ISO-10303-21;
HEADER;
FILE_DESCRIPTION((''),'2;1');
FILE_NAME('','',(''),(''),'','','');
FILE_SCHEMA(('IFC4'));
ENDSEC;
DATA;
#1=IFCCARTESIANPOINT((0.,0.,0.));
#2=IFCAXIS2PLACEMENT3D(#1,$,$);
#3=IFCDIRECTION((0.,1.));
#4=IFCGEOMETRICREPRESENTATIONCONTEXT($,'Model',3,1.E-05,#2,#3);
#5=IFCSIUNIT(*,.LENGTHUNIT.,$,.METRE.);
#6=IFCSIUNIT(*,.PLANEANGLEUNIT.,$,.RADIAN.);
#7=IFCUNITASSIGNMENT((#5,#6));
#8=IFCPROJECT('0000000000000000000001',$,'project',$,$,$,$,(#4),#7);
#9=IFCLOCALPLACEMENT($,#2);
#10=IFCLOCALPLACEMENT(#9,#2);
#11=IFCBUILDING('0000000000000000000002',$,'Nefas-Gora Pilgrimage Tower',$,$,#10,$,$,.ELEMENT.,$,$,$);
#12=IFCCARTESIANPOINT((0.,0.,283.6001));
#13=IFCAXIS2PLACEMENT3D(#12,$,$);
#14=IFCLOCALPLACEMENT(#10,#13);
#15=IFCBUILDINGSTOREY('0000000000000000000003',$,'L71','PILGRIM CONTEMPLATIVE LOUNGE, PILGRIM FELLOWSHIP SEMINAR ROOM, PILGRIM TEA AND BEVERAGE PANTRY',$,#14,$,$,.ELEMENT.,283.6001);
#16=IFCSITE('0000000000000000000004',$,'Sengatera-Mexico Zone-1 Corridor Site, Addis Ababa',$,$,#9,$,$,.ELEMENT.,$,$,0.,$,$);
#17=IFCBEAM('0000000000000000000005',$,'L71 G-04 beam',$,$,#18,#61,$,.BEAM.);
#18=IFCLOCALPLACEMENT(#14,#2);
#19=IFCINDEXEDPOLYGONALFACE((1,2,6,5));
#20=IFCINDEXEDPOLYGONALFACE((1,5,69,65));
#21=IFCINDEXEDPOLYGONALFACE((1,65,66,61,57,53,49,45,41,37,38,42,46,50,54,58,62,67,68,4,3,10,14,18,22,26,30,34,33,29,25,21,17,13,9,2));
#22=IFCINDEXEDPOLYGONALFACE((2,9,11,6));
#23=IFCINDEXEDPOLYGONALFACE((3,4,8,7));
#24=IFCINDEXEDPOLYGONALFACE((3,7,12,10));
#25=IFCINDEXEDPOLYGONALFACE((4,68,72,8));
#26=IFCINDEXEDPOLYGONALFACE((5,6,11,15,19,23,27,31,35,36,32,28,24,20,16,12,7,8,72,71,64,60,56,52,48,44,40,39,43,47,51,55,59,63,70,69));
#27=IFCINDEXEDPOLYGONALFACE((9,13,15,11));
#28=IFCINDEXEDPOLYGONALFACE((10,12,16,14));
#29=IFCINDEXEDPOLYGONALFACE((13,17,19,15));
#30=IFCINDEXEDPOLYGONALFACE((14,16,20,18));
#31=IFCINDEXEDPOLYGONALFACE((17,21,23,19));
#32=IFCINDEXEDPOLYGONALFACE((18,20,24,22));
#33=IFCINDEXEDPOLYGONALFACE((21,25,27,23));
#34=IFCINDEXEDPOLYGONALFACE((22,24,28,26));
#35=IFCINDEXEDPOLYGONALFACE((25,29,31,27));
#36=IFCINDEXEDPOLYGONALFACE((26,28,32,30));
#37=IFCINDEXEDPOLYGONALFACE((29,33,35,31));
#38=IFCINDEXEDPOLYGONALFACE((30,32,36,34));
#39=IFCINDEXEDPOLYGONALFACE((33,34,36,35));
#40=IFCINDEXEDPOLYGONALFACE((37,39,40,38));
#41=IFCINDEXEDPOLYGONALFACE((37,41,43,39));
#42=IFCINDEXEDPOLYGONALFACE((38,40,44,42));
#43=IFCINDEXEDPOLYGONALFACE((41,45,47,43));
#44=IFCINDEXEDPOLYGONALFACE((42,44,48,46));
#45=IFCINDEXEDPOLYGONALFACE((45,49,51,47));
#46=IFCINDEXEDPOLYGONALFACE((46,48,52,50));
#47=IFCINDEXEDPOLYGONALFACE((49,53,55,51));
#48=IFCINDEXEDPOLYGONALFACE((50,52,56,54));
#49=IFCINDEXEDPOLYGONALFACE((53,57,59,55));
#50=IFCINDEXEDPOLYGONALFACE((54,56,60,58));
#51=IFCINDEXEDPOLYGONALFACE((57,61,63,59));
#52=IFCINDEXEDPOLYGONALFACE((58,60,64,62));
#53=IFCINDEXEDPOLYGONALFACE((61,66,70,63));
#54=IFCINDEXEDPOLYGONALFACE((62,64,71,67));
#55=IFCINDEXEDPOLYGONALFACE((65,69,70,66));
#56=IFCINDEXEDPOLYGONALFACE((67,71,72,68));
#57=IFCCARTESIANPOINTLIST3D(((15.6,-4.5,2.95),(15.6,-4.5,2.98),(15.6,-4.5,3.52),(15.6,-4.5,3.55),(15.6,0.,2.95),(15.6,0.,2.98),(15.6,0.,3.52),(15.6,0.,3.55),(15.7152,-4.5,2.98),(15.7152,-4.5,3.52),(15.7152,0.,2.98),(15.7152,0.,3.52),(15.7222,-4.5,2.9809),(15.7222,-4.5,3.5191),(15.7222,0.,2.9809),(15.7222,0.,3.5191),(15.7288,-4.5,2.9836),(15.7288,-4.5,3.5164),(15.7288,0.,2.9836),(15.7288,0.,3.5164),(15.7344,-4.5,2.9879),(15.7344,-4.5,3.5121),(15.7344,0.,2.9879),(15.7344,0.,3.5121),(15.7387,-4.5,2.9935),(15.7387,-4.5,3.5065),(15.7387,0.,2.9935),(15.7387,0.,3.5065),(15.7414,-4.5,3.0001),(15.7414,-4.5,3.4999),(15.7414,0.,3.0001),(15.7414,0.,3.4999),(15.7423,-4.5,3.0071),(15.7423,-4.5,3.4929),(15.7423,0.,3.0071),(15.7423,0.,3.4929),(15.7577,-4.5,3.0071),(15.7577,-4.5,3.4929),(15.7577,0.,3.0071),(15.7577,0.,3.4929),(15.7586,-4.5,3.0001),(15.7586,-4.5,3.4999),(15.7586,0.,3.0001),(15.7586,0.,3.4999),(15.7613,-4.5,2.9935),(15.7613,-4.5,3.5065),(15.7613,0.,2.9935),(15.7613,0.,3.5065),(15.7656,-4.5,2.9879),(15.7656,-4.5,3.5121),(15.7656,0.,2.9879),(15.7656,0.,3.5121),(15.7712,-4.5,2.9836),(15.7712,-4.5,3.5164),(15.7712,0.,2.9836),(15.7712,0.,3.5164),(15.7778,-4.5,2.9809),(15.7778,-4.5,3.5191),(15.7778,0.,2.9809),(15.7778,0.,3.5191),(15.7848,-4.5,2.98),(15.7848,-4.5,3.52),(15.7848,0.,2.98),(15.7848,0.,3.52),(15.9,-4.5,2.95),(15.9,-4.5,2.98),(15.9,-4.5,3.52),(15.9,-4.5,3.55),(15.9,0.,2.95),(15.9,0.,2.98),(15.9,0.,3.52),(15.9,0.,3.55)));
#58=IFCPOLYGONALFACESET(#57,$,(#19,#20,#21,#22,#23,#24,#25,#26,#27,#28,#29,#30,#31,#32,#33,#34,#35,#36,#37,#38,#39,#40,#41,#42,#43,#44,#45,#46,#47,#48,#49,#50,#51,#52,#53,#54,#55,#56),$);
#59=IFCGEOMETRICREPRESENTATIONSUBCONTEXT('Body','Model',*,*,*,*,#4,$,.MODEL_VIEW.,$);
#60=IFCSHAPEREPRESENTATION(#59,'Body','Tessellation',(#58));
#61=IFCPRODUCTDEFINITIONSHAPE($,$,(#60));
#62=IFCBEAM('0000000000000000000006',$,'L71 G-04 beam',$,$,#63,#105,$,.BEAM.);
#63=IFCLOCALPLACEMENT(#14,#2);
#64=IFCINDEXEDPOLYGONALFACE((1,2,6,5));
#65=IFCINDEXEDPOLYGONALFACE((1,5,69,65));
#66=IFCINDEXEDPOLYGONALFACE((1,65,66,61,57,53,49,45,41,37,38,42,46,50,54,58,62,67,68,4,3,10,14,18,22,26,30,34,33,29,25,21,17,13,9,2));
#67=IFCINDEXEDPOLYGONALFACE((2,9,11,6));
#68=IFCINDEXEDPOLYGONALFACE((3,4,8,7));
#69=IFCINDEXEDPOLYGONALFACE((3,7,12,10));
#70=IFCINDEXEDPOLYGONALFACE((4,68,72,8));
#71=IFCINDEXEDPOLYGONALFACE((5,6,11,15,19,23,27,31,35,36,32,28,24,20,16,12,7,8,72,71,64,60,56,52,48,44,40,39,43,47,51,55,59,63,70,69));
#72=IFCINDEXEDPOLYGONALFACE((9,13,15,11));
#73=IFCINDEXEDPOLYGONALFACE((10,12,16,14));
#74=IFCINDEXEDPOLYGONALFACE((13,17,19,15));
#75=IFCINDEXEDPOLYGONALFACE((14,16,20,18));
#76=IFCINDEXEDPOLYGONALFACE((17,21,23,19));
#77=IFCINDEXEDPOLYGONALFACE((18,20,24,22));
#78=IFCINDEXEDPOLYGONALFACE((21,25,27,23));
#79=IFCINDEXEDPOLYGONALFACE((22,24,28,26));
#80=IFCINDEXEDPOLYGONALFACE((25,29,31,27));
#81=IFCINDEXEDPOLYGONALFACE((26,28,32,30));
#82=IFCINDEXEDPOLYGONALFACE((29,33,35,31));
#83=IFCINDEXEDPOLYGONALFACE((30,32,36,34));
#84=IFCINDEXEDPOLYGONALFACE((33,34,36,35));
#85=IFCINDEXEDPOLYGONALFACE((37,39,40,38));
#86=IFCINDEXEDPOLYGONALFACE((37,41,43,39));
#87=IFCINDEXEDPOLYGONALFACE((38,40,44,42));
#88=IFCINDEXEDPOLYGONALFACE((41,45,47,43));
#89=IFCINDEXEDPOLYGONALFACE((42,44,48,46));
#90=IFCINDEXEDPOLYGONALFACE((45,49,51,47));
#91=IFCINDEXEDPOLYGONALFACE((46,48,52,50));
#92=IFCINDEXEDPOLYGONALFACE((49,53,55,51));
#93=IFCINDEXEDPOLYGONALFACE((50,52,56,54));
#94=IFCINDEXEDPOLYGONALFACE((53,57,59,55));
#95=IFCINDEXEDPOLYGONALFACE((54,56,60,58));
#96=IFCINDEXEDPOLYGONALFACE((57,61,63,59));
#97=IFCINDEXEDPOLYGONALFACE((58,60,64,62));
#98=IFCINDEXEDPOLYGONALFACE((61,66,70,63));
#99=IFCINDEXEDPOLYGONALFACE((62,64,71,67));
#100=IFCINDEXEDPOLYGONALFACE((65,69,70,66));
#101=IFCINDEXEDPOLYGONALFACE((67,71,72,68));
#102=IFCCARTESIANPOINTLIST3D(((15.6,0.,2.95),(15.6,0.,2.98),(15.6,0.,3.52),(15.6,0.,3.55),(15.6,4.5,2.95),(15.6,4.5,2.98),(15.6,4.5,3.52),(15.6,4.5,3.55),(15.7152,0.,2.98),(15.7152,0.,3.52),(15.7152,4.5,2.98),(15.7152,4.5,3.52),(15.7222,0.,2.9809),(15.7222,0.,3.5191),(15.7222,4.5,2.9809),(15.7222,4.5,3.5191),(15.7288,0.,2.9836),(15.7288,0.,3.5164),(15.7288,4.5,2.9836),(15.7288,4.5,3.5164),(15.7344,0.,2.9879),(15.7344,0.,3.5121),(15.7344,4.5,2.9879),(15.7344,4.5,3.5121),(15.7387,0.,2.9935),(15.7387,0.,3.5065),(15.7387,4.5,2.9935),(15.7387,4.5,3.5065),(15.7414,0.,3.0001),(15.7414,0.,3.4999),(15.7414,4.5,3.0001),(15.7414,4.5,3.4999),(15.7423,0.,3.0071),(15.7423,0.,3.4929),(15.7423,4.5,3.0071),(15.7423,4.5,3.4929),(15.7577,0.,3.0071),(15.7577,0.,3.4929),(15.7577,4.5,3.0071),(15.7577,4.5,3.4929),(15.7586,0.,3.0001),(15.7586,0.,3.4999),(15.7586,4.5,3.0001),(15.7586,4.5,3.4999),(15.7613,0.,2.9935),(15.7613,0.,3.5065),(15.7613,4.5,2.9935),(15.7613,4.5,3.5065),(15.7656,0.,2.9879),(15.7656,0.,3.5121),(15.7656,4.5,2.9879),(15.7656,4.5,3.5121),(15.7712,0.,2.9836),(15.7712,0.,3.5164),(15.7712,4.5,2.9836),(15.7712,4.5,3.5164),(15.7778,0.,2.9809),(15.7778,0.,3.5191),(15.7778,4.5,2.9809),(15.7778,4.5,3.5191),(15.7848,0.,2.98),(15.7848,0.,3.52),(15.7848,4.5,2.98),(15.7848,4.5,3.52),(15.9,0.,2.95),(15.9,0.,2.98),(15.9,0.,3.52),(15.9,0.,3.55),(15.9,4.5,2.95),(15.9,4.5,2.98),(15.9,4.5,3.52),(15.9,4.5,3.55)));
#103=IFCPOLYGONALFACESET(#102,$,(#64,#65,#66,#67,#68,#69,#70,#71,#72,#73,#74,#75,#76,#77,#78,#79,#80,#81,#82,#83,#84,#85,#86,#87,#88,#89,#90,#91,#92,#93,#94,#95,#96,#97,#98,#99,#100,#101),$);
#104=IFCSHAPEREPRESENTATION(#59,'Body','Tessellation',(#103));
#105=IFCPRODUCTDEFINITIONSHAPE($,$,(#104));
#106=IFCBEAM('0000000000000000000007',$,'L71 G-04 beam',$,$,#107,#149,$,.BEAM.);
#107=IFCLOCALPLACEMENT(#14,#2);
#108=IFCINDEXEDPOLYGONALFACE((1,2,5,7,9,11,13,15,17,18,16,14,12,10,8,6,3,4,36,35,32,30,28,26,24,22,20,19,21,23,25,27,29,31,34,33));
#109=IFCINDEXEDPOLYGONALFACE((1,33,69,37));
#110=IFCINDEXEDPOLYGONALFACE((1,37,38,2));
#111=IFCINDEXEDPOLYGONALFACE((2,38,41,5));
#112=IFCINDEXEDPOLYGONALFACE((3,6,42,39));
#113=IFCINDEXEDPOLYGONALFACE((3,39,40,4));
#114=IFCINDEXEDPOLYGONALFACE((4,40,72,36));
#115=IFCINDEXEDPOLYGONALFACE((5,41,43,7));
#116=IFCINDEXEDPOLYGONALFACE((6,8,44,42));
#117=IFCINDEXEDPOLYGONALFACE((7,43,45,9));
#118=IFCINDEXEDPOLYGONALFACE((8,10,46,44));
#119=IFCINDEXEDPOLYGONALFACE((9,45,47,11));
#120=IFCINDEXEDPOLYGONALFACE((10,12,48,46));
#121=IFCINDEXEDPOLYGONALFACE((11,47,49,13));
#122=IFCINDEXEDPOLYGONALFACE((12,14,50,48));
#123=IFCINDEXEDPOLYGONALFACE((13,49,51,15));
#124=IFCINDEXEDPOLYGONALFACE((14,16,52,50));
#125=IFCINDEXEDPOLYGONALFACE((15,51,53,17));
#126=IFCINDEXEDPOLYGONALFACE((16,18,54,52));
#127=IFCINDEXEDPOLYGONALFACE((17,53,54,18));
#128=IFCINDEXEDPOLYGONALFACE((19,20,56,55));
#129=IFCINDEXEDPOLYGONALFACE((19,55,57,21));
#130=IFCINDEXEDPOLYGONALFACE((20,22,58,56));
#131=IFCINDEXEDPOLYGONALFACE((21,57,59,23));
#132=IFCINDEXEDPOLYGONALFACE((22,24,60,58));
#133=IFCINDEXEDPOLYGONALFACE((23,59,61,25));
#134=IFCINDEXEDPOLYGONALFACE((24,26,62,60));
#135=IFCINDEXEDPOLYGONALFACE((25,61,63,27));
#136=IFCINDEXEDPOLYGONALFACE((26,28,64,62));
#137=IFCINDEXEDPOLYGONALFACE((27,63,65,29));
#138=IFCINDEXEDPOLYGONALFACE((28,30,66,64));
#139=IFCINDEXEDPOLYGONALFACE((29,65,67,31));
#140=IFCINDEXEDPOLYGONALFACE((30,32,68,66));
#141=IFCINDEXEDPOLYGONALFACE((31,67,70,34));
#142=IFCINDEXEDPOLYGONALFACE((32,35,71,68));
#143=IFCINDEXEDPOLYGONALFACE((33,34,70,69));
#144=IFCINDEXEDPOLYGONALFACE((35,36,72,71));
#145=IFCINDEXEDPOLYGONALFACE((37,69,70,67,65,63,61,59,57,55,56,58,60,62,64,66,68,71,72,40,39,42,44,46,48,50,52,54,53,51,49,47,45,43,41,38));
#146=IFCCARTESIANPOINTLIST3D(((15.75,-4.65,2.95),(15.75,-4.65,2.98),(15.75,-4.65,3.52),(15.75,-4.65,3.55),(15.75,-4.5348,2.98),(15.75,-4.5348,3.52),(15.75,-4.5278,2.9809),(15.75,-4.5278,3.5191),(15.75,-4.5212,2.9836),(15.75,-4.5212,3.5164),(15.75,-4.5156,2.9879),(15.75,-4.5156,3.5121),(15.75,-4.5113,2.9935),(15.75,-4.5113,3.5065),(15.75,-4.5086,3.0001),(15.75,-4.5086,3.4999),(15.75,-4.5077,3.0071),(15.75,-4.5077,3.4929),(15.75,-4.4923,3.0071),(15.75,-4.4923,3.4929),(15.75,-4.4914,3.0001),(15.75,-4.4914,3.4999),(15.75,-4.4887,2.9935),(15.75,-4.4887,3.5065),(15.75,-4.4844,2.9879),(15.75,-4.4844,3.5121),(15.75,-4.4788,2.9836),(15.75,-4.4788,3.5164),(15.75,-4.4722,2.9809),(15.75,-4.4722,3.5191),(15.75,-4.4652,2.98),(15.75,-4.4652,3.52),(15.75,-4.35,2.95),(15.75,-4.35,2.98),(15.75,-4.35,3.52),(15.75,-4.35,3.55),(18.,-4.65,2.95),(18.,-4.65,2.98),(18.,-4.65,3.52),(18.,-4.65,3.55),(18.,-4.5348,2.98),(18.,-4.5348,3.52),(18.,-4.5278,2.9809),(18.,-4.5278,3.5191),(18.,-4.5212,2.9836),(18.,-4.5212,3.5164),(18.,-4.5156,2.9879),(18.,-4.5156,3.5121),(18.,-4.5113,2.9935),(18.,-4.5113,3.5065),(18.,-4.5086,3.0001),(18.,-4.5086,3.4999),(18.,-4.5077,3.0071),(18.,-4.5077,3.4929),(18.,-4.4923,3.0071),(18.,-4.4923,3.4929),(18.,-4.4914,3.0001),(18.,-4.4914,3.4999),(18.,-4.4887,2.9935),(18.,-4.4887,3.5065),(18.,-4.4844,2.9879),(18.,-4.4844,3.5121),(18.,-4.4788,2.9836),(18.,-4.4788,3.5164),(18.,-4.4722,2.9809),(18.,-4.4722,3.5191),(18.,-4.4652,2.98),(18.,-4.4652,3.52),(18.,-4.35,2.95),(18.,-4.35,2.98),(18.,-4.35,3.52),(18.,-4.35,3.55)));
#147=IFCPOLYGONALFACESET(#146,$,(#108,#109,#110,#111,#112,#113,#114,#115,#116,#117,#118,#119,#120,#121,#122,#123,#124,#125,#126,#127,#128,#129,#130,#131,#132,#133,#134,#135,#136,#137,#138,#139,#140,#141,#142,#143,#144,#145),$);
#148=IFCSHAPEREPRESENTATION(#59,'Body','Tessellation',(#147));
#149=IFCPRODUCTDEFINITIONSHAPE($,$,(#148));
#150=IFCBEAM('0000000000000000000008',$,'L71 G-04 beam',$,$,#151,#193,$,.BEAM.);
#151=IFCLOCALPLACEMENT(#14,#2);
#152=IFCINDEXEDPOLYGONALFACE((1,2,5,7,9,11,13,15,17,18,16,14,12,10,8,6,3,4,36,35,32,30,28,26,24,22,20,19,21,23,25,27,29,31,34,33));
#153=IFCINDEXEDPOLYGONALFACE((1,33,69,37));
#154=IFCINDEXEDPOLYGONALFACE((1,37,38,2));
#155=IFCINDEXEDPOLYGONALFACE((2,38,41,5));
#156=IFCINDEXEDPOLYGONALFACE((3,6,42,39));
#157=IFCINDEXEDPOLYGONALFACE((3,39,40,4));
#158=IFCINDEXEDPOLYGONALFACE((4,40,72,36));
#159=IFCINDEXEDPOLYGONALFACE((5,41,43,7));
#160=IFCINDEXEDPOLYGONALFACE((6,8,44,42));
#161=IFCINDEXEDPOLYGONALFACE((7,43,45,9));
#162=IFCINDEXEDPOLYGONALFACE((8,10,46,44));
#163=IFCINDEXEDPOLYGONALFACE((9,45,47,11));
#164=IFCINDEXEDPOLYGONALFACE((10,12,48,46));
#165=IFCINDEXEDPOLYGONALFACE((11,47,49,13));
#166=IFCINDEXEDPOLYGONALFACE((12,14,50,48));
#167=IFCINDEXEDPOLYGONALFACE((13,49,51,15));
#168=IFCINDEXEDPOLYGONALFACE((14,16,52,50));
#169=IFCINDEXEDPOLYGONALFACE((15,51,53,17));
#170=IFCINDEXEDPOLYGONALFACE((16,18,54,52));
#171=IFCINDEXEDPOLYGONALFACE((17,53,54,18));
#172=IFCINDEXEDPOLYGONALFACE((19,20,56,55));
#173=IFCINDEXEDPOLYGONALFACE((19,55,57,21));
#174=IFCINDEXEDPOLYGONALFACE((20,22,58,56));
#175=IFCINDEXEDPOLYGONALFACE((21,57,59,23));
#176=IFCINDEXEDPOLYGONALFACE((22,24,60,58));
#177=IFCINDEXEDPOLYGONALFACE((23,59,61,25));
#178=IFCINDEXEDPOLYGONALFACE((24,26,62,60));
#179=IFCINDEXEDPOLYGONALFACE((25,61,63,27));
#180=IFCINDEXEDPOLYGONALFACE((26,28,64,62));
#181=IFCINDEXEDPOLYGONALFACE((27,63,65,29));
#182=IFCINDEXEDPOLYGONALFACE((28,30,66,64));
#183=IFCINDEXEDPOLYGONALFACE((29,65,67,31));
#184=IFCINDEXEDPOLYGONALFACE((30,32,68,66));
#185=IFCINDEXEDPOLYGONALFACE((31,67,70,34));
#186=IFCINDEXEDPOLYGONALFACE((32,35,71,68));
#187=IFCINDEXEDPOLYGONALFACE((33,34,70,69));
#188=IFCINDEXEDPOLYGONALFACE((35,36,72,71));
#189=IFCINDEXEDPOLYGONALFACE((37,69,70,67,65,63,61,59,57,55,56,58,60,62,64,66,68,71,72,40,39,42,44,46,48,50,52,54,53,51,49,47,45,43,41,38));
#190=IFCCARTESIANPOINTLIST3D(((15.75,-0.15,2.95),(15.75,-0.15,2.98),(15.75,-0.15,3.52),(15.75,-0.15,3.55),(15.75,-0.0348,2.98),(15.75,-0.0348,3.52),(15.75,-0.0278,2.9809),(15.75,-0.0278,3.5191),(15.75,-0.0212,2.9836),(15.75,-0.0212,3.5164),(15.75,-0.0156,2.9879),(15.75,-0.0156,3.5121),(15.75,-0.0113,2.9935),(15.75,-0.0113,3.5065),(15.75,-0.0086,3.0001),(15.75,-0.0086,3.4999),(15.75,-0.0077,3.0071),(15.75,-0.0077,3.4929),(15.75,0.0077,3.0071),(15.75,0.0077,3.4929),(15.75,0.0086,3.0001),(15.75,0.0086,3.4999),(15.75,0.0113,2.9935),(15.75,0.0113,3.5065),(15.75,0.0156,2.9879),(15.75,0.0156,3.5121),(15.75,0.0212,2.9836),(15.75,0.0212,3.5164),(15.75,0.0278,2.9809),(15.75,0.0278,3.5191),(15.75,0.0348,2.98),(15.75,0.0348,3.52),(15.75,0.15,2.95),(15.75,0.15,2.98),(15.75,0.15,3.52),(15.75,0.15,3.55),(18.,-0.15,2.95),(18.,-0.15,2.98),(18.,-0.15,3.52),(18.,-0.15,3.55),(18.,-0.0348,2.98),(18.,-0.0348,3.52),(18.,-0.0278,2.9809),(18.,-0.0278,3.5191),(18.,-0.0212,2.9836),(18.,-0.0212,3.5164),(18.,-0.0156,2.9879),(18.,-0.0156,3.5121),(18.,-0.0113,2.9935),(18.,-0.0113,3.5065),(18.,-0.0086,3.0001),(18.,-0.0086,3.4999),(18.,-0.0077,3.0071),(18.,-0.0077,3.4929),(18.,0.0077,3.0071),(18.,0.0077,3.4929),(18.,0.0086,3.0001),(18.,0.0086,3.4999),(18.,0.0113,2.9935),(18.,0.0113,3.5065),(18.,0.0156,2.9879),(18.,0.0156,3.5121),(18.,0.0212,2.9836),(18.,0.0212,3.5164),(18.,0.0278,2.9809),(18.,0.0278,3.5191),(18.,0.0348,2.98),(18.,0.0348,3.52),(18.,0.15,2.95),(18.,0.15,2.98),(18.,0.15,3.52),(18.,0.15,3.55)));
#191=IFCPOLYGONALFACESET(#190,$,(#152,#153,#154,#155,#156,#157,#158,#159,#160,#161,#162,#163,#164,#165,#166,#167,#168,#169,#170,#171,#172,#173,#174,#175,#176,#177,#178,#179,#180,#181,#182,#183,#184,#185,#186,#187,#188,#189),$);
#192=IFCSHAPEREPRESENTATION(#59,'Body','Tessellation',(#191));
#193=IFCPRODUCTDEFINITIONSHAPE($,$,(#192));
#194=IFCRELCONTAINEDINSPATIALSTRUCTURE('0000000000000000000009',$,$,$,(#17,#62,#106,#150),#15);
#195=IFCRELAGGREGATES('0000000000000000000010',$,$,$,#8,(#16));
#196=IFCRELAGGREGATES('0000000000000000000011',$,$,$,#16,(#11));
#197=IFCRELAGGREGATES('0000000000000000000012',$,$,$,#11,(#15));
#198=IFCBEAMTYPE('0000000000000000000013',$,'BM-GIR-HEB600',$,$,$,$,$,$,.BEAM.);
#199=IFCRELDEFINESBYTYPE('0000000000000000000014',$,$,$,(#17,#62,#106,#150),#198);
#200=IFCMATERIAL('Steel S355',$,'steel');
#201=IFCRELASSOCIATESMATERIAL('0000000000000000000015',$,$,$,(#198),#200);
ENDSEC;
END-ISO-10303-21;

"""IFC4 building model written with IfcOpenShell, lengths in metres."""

from ifc_helpers import new_model, si_unit, direction, frame, origin, origin_2d, place, context, subcontext, project, spatial, i_section, extrude, source, transform, mapped, material, material_profile, profile_set, type_object, element, save


model = new_model("IFC4")

# Units and contexts
model_context = context("Model", 3, precision=1e-05, world=origin(), true_north=direction((0.0, 1.0)))
body_context = subcontext(model_context, "Body", "Model", "MODEL_VIEW")
ifc_project = project(units=[si_unit("LENGTHUNIT", "METRE"), si_unit("PLANEANGLEUNIT", "RADIAN")], contexts=[model_context])

# Site, building, storey
site_placement = place(None, origin())
site = spatial("IfcSite", under=ifc_project, at=site_placement, Name="Sengatera-Mexico Zone-1 Corridor Site, Addis Ababa", CompositionType="ELEMENT", RefElevation=0.0)
building_placement = place(site_placement, origin())
building = spatial("IfcBuilding", under=site, at=building_placement, Name="Nefas-Gora Pilgrimage Tower", CompositionType="ELEMENT")
storey_placement = place(building_placement, frame((0.0, 0.0, 283.6001)))
storey = spatial("IfcBuildingStorey", under=building, at=storey_placement, Name="L71", Description="PILGRIM CONTEMPLATIVE LOUNGE, PILGRIM FELLOWSHIP SEMINAR ROOM, PILGRIM TEA AND BEVERAGE PANTRY", CompositionType="ELEMENT", Elevation=283.6001)

# Shared definitions
ifc_material_1 = material(Name="Steel S355", Category="steel")

# Beams
ifc_material_profile_1 = material_profile(ifc_material_1, i_section(OverallWidth=0.3, OverallDepth=0.6001, WebThickness=0.0154, FlangeThickness=0.03, FilletRadius=0.0271, at=origin_2d()), Name="HEB 600")
ifc_profile_set_1 = profile_set([ifc_material_profile_1], Name="Steel S355")
beam_type_1 = type_object("IfcBeamType", Name="BM-GIR-HEB600", PredefinedType="BEAM", material=ifc_profile_set_1)
shared_shape_1 = source(origin(), body_context, "Body", "SweptSolid", [
    extrude(i_section(OverallWidth=0.3, OverallDepth=0.6001, WebThickness=0.0154, FlangeThickness=0.03, FilletRadius=0.0271, at=origin_2d()), origin(), (0.0, 0.0, 1.0), 4.5),
])
for number, where, z_axis, x_axis, name in (
    (1, (15.75, -4.5, 3.25), (0.0, 1.0, 0.0), (-1.0, 0.0, 0.0), "L71 G-04 beam"),
    (2, (15.75, 0.0, 3.25), (0.0, 1.0, 0.0), (-1.0, 0.0, 0.0), "L71 G-04 beam"),
):
    element("IfcBeam", number, at=place(storey_placement, frame(where, z_axis=z_axis, x_axis=x_axis)), inside=storey, type_object=beam_type_1, Name=name, PredefinedType="BEAM", context=body_context, shape_type="MappedRepresentation", body=[
        mapped(shared_shape_1, transform((0.0, 0.0, 0.0), x_axis=(1.0, 0.0, 0.0), y_axis=(0.0, 1.0, 0.0), z_axis=(0.0, 0.0, 1.0), scale=1.0)),
    ])
shared_shape_2 = source(origin(), body_context, "Body", "SweptSolid", [
    extrude(i_section(OverallWidth=0.3, OverallDepth=0.6001, WebThickness=0.0154, FlangeThickness=0.03, FilletRadius=0.0271, at=origin_2d()), origin(), (0.0, 0.0, 1.0), 2.25),
])
for number, where, z_axis, x_axis, name in (
    (3, (15.75, -4.5, 3.25), (1.0, 0.0, 0.0), (0.0, 1.0, 0.0), "L71 G-04 beam"),
    (4, (15.75, 0.0, 3.25), (1.0, 0.0, 0.0), (0.0, 1.0, 0.0), "L71 G-04 beam"),
):
    element("IfcBeam", number, at=place(storey_placement, frame(where, z_axis=z_axis, x_axis=x_axis)), inside=storey, type_object=beam_type_1, Name=name, PredefinedType="BEAM", context=body_context, shape_type="MappedRepresentation", body=[
        mapped(shared_shape_2, transform((0.0, 0.0, 0.0), x_axis=(1.0, 0.0, 0.0), y_axis=(0.0, 1.0, 0.0), z_axis=(0.0, 0.0, 1.0), scale=1.0)),
    ])

save(model, "model.ifc")
